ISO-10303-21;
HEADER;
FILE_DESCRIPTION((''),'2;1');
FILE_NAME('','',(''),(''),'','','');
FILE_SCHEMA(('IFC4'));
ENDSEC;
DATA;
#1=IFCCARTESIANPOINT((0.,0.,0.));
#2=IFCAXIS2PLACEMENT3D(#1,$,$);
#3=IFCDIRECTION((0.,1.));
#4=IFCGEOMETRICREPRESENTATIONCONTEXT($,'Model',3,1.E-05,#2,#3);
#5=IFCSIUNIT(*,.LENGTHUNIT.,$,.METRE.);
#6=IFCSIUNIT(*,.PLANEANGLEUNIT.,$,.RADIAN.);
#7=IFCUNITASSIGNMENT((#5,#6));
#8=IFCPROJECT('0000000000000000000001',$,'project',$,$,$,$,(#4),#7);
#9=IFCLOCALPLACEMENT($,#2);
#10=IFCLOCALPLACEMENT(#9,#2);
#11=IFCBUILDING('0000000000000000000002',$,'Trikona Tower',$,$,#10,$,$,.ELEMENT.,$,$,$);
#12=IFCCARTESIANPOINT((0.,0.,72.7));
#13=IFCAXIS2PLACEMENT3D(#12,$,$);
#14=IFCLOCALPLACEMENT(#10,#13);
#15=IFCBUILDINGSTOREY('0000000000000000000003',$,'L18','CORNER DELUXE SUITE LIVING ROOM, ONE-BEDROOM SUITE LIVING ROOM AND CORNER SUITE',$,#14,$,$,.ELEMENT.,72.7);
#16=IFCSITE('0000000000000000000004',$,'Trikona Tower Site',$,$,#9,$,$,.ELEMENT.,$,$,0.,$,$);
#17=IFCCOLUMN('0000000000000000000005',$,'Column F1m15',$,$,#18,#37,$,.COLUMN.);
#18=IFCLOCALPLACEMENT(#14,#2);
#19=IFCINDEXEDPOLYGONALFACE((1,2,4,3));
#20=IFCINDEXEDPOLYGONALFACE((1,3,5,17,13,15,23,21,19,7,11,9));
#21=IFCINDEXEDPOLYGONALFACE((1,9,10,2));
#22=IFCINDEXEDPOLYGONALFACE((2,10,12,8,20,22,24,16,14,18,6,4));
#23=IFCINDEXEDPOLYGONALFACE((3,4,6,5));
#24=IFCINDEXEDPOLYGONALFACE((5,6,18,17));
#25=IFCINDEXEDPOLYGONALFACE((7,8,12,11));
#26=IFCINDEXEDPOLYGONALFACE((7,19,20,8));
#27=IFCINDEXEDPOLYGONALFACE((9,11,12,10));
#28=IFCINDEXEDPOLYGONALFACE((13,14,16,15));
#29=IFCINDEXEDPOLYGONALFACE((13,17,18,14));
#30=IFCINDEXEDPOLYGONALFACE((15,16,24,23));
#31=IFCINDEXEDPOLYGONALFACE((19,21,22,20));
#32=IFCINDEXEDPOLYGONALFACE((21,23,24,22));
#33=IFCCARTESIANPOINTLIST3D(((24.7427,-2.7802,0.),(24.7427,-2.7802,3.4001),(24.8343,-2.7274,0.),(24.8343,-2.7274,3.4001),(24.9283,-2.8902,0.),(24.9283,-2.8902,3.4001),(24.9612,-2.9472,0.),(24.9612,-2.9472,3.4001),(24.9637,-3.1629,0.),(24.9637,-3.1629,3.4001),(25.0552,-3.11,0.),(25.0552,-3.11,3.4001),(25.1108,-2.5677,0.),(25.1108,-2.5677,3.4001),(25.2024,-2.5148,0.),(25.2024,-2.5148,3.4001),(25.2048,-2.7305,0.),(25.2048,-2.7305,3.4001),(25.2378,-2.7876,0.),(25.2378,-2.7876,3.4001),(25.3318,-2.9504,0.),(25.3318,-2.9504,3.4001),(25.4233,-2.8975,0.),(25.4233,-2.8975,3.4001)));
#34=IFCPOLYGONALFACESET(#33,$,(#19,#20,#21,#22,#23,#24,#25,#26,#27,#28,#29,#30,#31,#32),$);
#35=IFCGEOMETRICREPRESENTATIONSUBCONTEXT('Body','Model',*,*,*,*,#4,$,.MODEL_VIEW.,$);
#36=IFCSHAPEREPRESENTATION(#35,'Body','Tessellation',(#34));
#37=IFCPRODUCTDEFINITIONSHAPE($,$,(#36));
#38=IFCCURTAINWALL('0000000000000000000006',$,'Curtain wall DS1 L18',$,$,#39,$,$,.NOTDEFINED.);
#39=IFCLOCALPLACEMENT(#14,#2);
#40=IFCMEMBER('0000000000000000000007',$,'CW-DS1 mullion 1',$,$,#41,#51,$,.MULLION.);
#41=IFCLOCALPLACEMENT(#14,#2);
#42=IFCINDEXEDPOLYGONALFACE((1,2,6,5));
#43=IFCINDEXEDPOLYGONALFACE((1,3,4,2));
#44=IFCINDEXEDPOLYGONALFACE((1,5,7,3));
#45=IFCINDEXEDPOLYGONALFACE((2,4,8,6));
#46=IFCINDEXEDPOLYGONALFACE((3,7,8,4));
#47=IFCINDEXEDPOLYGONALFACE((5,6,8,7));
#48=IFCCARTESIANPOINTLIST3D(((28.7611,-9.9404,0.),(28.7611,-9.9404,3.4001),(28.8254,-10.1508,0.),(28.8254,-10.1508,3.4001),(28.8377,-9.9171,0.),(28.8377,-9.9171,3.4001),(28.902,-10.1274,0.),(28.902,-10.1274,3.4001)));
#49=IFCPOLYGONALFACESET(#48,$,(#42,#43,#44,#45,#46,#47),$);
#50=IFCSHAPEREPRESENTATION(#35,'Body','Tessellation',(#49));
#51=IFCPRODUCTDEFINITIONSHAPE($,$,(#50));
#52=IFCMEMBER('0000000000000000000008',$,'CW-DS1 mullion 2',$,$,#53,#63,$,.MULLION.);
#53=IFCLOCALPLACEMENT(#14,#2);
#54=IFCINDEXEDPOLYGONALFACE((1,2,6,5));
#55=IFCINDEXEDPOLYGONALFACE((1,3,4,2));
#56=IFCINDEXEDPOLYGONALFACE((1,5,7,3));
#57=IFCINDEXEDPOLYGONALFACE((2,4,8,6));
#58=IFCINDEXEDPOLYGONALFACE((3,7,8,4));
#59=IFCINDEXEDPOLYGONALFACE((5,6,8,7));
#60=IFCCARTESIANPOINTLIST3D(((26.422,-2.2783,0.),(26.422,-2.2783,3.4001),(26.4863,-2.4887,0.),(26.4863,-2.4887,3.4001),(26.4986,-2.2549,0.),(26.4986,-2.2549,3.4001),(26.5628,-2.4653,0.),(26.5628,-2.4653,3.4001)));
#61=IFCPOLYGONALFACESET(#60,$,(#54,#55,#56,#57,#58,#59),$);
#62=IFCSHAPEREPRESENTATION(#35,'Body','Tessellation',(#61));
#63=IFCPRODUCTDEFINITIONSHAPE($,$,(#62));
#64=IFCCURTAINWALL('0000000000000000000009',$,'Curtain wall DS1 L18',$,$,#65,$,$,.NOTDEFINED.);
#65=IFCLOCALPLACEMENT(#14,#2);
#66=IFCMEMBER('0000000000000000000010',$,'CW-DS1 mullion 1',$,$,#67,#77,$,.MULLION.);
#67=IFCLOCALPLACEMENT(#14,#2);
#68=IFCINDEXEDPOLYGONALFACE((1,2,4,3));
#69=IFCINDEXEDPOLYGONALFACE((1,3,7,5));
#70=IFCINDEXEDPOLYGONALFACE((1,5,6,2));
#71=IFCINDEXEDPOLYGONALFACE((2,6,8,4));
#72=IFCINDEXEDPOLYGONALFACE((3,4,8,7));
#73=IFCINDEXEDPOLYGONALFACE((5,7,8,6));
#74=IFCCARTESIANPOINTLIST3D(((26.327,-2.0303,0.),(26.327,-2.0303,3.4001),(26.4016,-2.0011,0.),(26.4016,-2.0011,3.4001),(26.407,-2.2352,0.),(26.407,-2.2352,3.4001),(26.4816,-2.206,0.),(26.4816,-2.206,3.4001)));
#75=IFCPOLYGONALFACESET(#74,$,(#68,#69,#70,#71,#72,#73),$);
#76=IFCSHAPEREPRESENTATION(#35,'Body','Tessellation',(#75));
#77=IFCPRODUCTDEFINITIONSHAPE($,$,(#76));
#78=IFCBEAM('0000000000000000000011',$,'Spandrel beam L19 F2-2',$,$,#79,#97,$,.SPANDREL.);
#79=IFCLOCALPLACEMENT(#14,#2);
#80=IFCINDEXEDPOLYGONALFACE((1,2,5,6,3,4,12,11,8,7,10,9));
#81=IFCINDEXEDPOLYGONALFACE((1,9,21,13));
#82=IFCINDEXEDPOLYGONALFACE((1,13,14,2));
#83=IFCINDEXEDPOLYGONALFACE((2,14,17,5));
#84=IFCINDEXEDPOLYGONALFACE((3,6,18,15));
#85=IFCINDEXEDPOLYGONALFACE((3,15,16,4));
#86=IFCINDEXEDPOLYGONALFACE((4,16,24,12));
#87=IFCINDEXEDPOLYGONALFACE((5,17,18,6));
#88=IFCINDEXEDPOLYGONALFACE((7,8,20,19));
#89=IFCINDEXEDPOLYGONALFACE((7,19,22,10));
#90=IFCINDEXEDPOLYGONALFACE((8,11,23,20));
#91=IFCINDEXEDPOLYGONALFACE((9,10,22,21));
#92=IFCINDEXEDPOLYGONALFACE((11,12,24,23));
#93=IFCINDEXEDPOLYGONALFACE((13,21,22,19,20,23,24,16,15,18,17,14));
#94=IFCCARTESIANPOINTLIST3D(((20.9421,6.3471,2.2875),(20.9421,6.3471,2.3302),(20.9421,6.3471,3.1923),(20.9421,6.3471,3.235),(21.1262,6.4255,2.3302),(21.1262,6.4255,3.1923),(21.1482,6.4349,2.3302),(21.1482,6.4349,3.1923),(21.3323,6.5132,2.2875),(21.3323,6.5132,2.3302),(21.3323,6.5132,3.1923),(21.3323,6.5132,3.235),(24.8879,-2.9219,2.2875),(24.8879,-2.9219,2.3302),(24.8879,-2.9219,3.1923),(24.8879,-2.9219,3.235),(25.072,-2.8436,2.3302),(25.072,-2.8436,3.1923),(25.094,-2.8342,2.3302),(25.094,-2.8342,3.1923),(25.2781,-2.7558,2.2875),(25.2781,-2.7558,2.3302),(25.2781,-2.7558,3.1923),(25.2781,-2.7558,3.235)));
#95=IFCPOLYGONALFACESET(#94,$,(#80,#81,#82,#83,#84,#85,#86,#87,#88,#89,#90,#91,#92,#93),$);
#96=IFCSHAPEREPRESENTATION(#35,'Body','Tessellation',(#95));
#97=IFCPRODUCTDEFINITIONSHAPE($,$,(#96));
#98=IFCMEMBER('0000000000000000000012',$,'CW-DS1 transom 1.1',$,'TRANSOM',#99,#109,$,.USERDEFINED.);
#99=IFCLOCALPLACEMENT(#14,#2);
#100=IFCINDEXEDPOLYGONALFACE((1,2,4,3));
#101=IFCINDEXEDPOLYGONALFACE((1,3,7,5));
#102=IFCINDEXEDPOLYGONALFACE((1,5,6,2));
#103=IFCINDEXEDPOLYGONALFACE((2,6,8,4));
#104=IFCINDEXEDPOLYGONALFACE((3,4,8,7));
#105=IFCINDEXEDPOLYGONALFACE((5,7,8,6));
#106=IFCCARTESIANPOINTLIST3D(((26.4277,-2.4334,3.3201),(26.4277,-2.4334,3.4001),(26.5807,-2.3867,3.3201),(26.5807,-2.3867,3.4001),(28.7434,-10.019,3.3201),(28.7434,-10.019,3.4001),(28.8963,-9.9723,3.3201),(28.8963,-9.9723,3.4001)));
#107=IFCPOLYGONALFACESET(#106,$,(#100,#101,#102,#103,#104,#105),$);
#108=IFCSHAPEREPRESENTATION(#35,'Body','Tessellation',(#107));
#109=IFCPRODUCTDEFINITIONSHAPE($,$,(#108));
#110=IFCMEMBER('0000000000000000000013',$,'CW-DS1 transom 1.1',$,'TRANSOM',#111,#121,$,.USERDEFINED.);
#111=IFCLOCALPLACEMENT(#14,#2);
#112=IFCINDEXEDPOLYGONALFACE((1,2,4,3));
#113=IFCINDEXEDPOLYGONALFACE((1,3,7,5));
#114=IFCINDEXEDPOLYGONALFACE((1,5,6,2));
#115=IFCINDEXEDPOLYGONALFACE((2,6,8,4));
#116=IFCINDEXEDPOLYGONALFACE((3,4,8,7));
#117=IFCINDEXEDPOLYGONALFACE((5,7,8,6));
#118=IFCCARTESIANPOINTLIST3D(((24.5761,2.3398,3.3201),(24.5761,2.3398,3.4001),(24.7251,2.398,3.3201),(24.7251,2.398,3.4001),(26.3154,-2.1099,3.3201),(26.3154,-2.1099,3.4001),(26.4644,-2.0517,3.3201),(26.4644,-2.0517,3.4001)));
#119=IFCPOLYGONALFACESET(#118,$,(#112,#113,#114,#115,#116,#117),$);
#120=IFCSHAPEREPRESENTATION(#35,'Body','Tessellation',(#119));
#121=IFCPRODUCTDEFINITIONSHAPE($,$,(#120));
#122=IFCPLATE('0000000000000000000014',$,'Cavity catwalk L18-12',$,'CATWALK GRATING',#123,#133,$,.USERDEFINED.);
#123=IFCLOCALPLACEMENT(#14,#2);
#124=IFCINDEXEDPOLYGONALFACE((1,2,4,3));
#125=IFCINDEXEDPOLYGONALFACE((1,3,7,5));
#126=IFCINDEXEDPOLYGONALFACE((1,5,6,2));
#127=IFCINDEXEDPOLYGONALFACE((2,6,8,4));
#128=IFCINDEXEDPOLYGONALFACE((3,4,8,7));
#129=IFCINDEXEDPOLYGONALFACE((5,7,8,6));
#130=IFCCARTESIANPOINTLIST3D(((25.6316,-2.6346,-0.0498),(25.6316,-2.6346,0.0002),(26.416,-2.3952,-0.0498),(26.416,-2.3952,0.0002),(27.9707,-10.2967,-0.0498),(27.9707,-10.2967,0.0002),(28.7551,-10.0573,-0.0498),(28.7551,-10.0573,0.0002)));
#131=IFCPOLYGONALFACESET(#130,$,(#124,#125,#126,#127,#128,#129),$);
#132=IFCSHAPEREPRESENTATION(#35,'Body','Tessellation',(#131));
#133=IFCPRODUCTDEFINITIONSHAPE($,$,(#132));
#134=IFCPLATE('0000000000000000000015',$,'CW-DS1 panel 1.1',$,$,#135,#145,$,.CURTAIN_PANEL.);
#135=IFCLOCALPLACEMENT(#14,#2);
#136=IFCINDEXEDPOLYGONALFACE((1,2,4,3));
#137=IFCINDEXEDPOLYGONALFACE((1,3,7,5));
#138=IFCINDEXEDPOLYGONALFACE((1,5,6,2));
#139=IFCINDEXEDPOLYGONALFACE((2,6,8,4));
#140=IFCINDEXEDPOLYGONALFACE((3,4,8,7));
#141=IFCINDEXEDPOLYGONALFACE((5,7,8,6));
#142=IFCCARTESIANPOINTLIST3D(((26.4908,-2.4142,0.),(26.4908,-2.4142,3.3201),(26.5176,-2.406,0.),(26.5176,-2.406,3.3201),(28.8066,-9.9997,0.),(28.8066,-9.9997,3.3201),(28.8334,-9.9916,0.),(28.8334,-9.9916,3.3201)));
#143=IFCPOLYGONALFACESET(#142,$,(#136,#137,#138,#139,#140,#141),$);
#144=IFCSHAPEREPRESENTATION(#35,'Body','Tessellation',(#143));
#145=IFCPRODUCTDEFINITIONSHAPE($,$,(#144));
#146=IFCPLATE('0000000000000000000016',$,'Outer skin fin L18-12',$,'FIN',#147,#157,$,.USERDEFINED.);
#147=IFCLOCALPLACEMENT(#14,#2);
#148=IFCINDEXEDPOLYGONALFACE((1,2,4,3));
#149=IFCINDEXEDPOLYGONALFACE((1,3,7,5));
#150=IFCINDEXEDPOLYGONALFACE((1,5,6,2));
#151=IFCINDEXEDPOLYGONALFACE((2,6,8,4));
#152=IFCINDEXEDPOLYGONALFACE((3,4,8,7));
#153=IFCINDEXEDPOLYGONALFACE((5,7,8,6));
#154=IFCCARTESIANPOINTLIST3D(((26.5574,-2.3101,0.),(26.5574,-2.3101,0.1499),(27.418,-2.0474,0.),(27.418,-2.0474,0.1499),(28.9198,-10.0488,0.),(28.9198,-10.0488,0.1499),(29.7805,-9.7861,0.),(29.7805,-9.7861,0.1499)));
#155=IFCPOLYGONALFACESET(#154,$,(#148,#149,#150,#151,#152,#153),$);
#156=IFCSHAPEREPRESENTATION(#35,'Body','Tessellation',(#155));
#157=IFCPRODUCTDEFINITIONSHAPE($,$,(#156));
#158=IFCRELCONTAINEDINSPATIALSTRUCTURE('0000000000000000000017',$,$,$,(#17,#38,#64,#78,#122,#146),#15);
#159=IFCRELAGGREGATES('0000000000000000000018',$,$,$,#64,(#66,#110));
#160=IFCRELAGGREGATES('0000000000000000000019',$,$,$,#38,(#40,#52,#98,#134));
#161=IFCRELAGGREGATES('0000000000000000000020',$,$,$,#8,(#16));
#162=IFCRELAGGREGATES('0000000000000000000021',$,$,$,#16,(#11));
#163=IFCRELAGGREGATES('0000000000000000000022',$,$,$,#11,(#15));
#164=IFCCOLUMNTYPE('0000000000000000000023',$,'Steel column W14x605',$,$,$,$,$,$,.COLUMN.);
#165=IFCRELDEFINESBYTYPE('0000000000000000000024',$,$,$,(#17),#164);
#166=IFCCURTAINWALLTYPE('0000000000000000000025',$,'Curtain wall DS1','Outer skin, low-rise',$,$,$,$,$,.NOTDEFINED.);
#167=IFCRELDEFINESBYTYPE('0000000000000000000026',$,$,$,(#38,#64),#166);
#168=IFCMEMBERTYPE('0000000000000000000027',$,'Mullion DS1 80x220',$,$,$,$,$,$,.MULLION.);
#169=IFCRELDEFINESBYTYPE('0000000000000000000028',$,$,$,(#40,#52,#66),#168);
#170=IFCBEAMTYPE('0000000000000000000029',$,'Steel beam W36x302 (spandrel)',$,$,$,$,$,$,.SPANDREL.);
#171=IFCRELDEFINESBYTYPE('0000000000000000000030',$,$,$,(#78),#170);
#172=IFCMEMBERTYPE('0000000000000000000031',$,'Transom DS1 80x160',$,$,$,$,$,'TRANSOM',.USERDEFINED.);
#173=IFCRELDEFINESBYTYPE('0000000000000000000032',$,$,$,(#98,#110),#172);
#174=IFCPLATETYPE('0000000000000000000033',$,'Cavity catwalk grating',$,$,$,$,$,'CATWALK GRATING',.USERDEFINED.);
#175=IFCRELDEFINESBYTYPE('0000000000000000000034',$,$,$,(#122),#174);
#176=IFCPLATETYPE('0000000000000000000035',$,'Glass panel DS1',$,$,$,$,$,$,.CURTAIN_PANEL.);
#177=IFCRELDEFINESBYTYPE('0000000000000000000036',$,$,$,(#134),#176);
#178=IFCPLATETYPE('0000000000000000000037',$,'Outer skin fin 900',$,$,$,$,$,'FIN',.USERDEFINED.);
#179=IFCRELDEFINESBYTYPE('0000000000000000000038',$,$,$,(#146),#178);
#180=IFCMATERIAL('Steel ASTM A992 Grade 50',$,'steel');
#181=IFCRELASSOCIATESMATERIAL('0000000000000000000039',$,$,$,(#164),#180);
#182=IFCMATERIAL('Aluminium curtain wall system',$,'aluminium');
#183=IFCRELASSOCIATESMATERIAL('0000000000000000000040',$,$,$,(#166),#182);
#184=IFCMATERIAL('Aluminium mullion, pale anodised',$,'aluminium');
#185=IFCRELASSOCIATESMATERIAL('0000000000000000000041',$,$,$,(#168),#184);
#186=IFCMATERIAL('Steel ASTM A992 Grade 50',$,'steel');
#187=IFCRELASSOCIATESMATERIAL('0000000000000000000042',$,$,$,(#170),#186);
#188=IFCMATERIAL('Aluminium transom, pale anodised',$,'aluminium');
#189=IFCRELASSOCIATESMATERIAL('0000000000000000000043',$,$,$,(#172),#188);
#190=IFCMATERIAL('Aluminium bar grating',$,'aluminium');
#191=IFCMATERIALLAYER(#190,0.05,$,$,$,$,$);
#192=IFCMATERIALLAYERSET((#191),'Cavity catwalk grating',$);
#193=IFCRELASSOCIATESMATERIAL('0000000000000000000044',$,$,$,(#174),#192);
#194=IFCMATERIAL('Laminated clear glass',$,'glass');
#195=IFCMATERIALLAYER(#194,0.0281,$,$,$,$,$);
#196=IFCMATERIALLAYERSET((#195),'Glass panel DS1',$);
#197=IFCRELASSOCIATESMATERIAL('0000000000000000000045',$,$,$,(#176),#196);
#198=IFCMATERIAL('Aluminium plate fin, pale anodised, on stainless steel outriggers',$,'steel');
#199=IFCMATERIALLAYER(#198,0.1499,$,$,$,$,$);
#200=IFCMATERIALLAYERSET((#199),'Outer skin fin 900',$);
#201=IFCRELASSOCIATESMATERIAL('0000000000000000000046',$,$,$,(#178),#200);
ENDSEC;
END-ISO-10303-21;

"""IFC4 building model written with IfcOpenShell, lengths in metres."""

from ifc_helpers import new_model, si_unit, direction, frame, origin, origin_2d, place, context, subcontext, project, spatial, rectangle, i_section, extrude, material, layer, layer_set, material_profile, profile_set, type_object, element, aggregate, save


model = new_model("IFC4")

# Units and contexts
model_context = context("Model", 3, precision=1e-05, world=origin(), true_north=direction((0.0, 1.0)))
body_context = subcontext(model_context, "Body", "Model", "MODEL_VIEW")
ifc_project = project(units=[si_unit("LENGTHUNIT", "METRE"), si_unit("PLANEANGLEUNIT", "RADIAN")], contexts=[model_context])

# Site, building, storey
site_placement = place(None, origin())
site = spatial("IfcSite", under=ifc_project, at=site_placement, Name="Trikona Tower Site", CompositionType="ELEMENT", RefElevation=0.0)
building_placement = place(site_placement, origin())
building = spatial("IfcBuilding", under=site, at=building_placement, Name="Trikona Tower", CompositionType="ELEMENT")
storey_placement = place(building_placement, frame((0.0, 0.0, 72.7)))
storey = spatial("IfcBuildingStorey", under=building, at=storey_placement, Name="L18", Description="CORNER DELUXE SUITE LIVING ROOM, ONE-BEDROOM SUITE LIVING ROOM AND CORNER SUITE", CompositionType="ELEMENT", Elevation=72.7)

# Column
ifc_material_1 = material(Name="Steel ASTM A992 Grade 50", Category="steel")
ifc_material_profile_1 = material_profile(ifc_material_1, i_section(OverallWidth=0.4419, OverallDepth=0.5308, WebThickness=0.0659, FlangeThickness=0.1057, at=origin_2d()), Name="W14X605")
ifc_profile_set_1 = profile_set([ifc_material_profile_1], Name="Steel ASTM A992 Grade 50")
column_type = type_object("IfcColumnType", Name="Steel column W14x605", PredefinedType="COLUMN", material=ifc_profile_set_1)
column_placement = place(storey_placement, frame((25.083, -2.8389, 0.0), z_axis=(0.0, 0.0, 1.0), x_axis=(-0.5, 0.866025, 0.0)))
element("IfcColumn", 1, at=column_placement, inside=storey, type_object=column_type, Name="Column F1m15", PredefinedType="COLUMN", context=body_context, shape_type="SweptSolid", body=[
    extrude(i_section(OverallWidth=0.4419, OverallDepth=0.5308, WebThickness=0.0659, FlangeThickness=0.1057, at=origin_2d()), origin(), (0.0, 0.0, 1.0), 3.4001),
])

# Curtain wall, members
ifc_material_2 = material(Name="Aluminium curtain wall system", Category="aluminium")
curtain_wall_type = type_object("IfcCurtainWallType", Name="Curtain wall DS1", Description="Outer skin, low-rise", PredefinedType="NOTDEFINED", material=ifc_material_2)
curtain_wall_1_placement = place(storey_placement, origin())
curtain_wall_1 = element("IfcCurtainWall", 2, at=curtain_wall_1_placement, inside=storey, type_object=curtain_wall_type, Name="Curtain wall DS1 L18", PredefinedType="NOTDEFINED")
ifc_material_3 = material(Name="Aluminium mullion, pale anodised", Category="aluminium")
ifc_material_profile_2 = material_profile(ifc_material_3, rectangle(XDim=0.0801, YDim=0.22, at=origin_2d()), Name="MUL-DS1")
ifc_profile_set_2 = profile_set([ifc_material_profile_2], Name="Aluminium mullion, pale anodised")
member_type_1 = type_object("IfcMemberType", Name="Mullion DS1 80x220", PredefinedType="MULLION", material=ifc_profile_set_2)
member_1_placement = place(storey_placement, frame((28.8315, -10.0339, 0.0), z_axis=(0.0, 0.0, 1.0), x_axis=(-0.956423, -0.291984, 0.0)))
member_1 = element("IfcMember", 3, at=member_1_placement, type_object=member_type_1, Name="CW-DS1 mullion 1", PredefinedType="MULLION", context=body_context, shape_type="SweptSolid", body=[
    extrude(rectangle(XDim=0.0801, YDim=0.22, at=origin_2d()), origin(), (0.0, 0.0, 1.0), 3.4001),
])
member_2_placement = place(storey_placement, frame((26.4924, -2.3718, 0.0), z_axis=(0.0, 0.0, 1.0), x_axis=(-0.956423, -0.291984, 0.0)))
member_2 = element("IfcMember", 4, at=member_2_placement, type_object=member_type_1, Name="CW-DS1 mullion 2", PredefinedType="MULLION", context=body_context, shape_type="SweptSolid", body=[
    extrude(rectangle(XDim=0.0801, YDim=0.22, at=origin_2d()), origin(), (0.0, 0.0, 1.0), 3.4001),
])

# Curtain wall, member
curtain_wall_2_placement = place(storey_placement, origin())
curtain_wall_2 = element("IfcCurtainWall", 5, at=curtain_wall_2_placement, inside=storey, type_object=curtain_wall_type, Name="Curtain wall DS1 L18", PredefinedType="NOTDEFINED")
member_3_placement = place(storey_placement, frame((26.4043, -2.1182, 0.0), z_axis=(0.0, 0.0, 1.0), x_axis=(-0.931396, -0.364008, 0.0)))
member_3 = element("IfcMember", 6, at=member_3_placement, type_object=member_type_1, Name="CW-DS1 mullion 1", PredefinedType="MULLION", context=body_context, shape_type="SweptSolid", body=[
    extrude(rectangle(XDim=0.0801, YDim=0.22, at=origin_2d()), origin(), (0.0, 0.0, 1.0), 3.4001),
])

# Beam
ifc_material_4 = material(Name="Steel ASTM A992 Grade 50", Category="steel")
ifc_material_profile_3 = material_profile(ifc_material_4, i_section(OverallWidth=0.4241, OverallDepth=0.9475, WebThickness=0.0239, FlangeThickness=0.0427, at=origin_2d()), Name="W36X302")
ifc_profile_set_3 = profile_set([ifc_material_profile_3], Name="Steel ASTM A992 Grade 50")
beam_type = type_object("IfcBeamType", Name="Steel beam W36x302 (spandrel)", PredefinedType="SPANDREL", material=ifc_profile_set_3)
beam_placement = place(storey_placement, frame((25.083, -2.8389, 2.7612), z_axis=(-0.391684, 0.9201, 0.0), x_axis=(-0.9201, -0.391684, 0.0)))
element("IfcBeam", 7, at=beam_placement, inside=storey, type_object=beam_type, Name="Spandrel beam L19 F2-2", PredefinedType="SPANDREL", context=body_context, shape_type="SweptSolid", body=[
    extrude(i_section(OverallWidth=0.4241, OverallDepth=0.9475, WebThickness=0.0239, FlangeThickness=0.0427, at=origin_2d()), origin(), (0.0, 0.0, 1.0), 10.074),
])

# Members
ifc_material_5 = material(Name="Aluminium transom, pale anodised", Category="aluminium")
ifc_material_profile_4 = material_profile(ifc_material_5, rectangle(XDim=0.1599, YDim=0.0801, at=origin_2d()), Name="TRN-DS1")
ifc_profile_set_4 = profile_set([ifc_material_profile_4], Name="Aluminium transom, pale anodised")
member_type_2 = type_object("IfcMemberType", Name="Transom DS1 80x160", ElementType="TRANSOM", PredefinedType="USERDEFINED", material=ifc_profile_set_4)
member_4_placement = place(storey_placement, frame((28.8198, -9.9956, 3.3601), z_axis=(-0.291967, 0.956428, 0.0), x_axis=(-0.956428, -0.291967, 0.0)))
member_4 = element("IfcMember", 8, at=member_4_placement, type_object=member_type_2, Name="CW-DS1 transom 1.1", ObjectType="TRANSOM", PredefinedType="USERDEFINED", context=body_context, shape_type="SweptSolid", body=[
    extrude(rectangle(XDim=0.1599, YDim=0.0801, at=origin_2d()), origin(), (0.0, 0.0, 1.0), 7.9312),
])
member_5_placement = place(storey_placement, frame((26.3899, -2.0808, 3.3601), z_axis=(-0.364049, 0.93138, 0.0), x_axis=(-0.93138, -0.364049, 0.0)))
member_5 = element("IfcMember", 9, at=member_5_placement, type_object=member_type_2, Name="CW-DS1 transom 1.1", ObjectType="TRANSOM", PredefinedType="USERDEFINED", context=body_context, shape_type="SweptSolid", body=[
    extrude(rectangle(XDim=0.1599, YDim=0.0801, at=origin_2d()), origin(), (0.0, 0.0, 1.0), 4.7776),
])
aggregate(curtain_wall_2, [member_3, member_5])

# Plates
ifc_material_6 = material(Name="Aluminium bar grating", Category="aluminium")
ifc_layer_1 = layer(ifc_material_6, 0.05)
ifc_layer_set_1 = layer_set([ifc_layer_1], Name="Cavity catwalk grating")
plate_type_1 = type_object("IfcPlateType", Name="Cavity catwalk grating", ElementType="CATWALK GRATING", PredefinedType="USERDEFINED", material=ifc_layer_set_1)
plate_1_placement = place(storey_placement, frame((27.1934, -6.3459, -0.0498), z_axis=(0.0, 0.0, 1.0), x_axis=(-0.291979, 0.956425, 0.0)))
element("IfcPlate", 10, at=plate_1_placement, inside=storey, type_object=plate_type_1, Name="Cavity catwalk L18-12", ObjectType="CATWALK GRATING", PredefinedType="USERDEFINED", context=body_context, shape_type="SweptSolid", body=[
    extrude(rectangle(XDim=8.0112, YDim=0.8201, at=origin_2d()), origin(), (0.0, 0.0, 1.0), 0.05),
])
ifc_material_7 = material(Name="Laminated clear glass", Category="glass")
ifc_layer_2 = layer(ifc_material_7, 0.0281)
ifc_layer_set_2 = layer_set([ifc_layer_2], Name="Glass panel DS1")
plate_type_2 = type_object("IfcPlateType", Name="Glass panel DS1", PredefinedType="CURTAIN_PANEL", material=ifc_layer_set_2)
plate_2_placement = place(storey_placement, frame((27.6621, -6.2029, 0.0), z_axis=(0.0, 0.0, 1.0), x_axis=(-0.291984, 0.956423, 0.0)))
plate_2 = element("IfcPlate", 11, at=plate_2_placement, type_object=plate_type_2, Name="CW-DS1 panel 1.1", PredefinedType="CURTAIN_PANEL", context=body_context, shape_type="SweptSolid", body=[
    extrude(rectangle(XDim=7.9312, YDim=0.0281, at=origin_2d()), origin(), (0.0, 0.0, 1.0), 3.3201),
])
aggregate(curtain_wall_1, [member_1, member_2, member_4, plate_2])
ifc_material_8 = material(Name="Aluminium plate fin, pale anodised, on stainless steel outriggers", Category="steel")
ifc_layer_3 = layer(ifc_material_8, 0.1499)
ifc_layer_set_3 = layer_set([ifc_layer_3], Name="Outer skin fin 900")
plate_type_3 = type_object("IfcPlateType", Name="Outer skin fin 900", ElementType="FIN", PredefinedType="USERDEFINED", material=ifc_layer_set_3)
plate_3_placement = place(storey_placement, frame((28.1689, -6.0481, 0.0), z_axis=(0.0, 0.0, 1.0), x_axis=(-0.291979, 0.956425, 0.0)))
element("IfcPlate", 12, at=plate_3_placement, inside=storey, type_object=plate_type_3, Name="Outer skin fin L18-12", ObjectType="FIN", PredefinedType="USERDEFINED", context=body_context, shape_type="SweptSolid", body=[
    extrude(rectangle(XDim=8.0913, YDim=0.8999, at=origin_2d()), origin(), (0.0, 0.0, 1.0), 0.1499),
])

save(model, "model.ifc")
